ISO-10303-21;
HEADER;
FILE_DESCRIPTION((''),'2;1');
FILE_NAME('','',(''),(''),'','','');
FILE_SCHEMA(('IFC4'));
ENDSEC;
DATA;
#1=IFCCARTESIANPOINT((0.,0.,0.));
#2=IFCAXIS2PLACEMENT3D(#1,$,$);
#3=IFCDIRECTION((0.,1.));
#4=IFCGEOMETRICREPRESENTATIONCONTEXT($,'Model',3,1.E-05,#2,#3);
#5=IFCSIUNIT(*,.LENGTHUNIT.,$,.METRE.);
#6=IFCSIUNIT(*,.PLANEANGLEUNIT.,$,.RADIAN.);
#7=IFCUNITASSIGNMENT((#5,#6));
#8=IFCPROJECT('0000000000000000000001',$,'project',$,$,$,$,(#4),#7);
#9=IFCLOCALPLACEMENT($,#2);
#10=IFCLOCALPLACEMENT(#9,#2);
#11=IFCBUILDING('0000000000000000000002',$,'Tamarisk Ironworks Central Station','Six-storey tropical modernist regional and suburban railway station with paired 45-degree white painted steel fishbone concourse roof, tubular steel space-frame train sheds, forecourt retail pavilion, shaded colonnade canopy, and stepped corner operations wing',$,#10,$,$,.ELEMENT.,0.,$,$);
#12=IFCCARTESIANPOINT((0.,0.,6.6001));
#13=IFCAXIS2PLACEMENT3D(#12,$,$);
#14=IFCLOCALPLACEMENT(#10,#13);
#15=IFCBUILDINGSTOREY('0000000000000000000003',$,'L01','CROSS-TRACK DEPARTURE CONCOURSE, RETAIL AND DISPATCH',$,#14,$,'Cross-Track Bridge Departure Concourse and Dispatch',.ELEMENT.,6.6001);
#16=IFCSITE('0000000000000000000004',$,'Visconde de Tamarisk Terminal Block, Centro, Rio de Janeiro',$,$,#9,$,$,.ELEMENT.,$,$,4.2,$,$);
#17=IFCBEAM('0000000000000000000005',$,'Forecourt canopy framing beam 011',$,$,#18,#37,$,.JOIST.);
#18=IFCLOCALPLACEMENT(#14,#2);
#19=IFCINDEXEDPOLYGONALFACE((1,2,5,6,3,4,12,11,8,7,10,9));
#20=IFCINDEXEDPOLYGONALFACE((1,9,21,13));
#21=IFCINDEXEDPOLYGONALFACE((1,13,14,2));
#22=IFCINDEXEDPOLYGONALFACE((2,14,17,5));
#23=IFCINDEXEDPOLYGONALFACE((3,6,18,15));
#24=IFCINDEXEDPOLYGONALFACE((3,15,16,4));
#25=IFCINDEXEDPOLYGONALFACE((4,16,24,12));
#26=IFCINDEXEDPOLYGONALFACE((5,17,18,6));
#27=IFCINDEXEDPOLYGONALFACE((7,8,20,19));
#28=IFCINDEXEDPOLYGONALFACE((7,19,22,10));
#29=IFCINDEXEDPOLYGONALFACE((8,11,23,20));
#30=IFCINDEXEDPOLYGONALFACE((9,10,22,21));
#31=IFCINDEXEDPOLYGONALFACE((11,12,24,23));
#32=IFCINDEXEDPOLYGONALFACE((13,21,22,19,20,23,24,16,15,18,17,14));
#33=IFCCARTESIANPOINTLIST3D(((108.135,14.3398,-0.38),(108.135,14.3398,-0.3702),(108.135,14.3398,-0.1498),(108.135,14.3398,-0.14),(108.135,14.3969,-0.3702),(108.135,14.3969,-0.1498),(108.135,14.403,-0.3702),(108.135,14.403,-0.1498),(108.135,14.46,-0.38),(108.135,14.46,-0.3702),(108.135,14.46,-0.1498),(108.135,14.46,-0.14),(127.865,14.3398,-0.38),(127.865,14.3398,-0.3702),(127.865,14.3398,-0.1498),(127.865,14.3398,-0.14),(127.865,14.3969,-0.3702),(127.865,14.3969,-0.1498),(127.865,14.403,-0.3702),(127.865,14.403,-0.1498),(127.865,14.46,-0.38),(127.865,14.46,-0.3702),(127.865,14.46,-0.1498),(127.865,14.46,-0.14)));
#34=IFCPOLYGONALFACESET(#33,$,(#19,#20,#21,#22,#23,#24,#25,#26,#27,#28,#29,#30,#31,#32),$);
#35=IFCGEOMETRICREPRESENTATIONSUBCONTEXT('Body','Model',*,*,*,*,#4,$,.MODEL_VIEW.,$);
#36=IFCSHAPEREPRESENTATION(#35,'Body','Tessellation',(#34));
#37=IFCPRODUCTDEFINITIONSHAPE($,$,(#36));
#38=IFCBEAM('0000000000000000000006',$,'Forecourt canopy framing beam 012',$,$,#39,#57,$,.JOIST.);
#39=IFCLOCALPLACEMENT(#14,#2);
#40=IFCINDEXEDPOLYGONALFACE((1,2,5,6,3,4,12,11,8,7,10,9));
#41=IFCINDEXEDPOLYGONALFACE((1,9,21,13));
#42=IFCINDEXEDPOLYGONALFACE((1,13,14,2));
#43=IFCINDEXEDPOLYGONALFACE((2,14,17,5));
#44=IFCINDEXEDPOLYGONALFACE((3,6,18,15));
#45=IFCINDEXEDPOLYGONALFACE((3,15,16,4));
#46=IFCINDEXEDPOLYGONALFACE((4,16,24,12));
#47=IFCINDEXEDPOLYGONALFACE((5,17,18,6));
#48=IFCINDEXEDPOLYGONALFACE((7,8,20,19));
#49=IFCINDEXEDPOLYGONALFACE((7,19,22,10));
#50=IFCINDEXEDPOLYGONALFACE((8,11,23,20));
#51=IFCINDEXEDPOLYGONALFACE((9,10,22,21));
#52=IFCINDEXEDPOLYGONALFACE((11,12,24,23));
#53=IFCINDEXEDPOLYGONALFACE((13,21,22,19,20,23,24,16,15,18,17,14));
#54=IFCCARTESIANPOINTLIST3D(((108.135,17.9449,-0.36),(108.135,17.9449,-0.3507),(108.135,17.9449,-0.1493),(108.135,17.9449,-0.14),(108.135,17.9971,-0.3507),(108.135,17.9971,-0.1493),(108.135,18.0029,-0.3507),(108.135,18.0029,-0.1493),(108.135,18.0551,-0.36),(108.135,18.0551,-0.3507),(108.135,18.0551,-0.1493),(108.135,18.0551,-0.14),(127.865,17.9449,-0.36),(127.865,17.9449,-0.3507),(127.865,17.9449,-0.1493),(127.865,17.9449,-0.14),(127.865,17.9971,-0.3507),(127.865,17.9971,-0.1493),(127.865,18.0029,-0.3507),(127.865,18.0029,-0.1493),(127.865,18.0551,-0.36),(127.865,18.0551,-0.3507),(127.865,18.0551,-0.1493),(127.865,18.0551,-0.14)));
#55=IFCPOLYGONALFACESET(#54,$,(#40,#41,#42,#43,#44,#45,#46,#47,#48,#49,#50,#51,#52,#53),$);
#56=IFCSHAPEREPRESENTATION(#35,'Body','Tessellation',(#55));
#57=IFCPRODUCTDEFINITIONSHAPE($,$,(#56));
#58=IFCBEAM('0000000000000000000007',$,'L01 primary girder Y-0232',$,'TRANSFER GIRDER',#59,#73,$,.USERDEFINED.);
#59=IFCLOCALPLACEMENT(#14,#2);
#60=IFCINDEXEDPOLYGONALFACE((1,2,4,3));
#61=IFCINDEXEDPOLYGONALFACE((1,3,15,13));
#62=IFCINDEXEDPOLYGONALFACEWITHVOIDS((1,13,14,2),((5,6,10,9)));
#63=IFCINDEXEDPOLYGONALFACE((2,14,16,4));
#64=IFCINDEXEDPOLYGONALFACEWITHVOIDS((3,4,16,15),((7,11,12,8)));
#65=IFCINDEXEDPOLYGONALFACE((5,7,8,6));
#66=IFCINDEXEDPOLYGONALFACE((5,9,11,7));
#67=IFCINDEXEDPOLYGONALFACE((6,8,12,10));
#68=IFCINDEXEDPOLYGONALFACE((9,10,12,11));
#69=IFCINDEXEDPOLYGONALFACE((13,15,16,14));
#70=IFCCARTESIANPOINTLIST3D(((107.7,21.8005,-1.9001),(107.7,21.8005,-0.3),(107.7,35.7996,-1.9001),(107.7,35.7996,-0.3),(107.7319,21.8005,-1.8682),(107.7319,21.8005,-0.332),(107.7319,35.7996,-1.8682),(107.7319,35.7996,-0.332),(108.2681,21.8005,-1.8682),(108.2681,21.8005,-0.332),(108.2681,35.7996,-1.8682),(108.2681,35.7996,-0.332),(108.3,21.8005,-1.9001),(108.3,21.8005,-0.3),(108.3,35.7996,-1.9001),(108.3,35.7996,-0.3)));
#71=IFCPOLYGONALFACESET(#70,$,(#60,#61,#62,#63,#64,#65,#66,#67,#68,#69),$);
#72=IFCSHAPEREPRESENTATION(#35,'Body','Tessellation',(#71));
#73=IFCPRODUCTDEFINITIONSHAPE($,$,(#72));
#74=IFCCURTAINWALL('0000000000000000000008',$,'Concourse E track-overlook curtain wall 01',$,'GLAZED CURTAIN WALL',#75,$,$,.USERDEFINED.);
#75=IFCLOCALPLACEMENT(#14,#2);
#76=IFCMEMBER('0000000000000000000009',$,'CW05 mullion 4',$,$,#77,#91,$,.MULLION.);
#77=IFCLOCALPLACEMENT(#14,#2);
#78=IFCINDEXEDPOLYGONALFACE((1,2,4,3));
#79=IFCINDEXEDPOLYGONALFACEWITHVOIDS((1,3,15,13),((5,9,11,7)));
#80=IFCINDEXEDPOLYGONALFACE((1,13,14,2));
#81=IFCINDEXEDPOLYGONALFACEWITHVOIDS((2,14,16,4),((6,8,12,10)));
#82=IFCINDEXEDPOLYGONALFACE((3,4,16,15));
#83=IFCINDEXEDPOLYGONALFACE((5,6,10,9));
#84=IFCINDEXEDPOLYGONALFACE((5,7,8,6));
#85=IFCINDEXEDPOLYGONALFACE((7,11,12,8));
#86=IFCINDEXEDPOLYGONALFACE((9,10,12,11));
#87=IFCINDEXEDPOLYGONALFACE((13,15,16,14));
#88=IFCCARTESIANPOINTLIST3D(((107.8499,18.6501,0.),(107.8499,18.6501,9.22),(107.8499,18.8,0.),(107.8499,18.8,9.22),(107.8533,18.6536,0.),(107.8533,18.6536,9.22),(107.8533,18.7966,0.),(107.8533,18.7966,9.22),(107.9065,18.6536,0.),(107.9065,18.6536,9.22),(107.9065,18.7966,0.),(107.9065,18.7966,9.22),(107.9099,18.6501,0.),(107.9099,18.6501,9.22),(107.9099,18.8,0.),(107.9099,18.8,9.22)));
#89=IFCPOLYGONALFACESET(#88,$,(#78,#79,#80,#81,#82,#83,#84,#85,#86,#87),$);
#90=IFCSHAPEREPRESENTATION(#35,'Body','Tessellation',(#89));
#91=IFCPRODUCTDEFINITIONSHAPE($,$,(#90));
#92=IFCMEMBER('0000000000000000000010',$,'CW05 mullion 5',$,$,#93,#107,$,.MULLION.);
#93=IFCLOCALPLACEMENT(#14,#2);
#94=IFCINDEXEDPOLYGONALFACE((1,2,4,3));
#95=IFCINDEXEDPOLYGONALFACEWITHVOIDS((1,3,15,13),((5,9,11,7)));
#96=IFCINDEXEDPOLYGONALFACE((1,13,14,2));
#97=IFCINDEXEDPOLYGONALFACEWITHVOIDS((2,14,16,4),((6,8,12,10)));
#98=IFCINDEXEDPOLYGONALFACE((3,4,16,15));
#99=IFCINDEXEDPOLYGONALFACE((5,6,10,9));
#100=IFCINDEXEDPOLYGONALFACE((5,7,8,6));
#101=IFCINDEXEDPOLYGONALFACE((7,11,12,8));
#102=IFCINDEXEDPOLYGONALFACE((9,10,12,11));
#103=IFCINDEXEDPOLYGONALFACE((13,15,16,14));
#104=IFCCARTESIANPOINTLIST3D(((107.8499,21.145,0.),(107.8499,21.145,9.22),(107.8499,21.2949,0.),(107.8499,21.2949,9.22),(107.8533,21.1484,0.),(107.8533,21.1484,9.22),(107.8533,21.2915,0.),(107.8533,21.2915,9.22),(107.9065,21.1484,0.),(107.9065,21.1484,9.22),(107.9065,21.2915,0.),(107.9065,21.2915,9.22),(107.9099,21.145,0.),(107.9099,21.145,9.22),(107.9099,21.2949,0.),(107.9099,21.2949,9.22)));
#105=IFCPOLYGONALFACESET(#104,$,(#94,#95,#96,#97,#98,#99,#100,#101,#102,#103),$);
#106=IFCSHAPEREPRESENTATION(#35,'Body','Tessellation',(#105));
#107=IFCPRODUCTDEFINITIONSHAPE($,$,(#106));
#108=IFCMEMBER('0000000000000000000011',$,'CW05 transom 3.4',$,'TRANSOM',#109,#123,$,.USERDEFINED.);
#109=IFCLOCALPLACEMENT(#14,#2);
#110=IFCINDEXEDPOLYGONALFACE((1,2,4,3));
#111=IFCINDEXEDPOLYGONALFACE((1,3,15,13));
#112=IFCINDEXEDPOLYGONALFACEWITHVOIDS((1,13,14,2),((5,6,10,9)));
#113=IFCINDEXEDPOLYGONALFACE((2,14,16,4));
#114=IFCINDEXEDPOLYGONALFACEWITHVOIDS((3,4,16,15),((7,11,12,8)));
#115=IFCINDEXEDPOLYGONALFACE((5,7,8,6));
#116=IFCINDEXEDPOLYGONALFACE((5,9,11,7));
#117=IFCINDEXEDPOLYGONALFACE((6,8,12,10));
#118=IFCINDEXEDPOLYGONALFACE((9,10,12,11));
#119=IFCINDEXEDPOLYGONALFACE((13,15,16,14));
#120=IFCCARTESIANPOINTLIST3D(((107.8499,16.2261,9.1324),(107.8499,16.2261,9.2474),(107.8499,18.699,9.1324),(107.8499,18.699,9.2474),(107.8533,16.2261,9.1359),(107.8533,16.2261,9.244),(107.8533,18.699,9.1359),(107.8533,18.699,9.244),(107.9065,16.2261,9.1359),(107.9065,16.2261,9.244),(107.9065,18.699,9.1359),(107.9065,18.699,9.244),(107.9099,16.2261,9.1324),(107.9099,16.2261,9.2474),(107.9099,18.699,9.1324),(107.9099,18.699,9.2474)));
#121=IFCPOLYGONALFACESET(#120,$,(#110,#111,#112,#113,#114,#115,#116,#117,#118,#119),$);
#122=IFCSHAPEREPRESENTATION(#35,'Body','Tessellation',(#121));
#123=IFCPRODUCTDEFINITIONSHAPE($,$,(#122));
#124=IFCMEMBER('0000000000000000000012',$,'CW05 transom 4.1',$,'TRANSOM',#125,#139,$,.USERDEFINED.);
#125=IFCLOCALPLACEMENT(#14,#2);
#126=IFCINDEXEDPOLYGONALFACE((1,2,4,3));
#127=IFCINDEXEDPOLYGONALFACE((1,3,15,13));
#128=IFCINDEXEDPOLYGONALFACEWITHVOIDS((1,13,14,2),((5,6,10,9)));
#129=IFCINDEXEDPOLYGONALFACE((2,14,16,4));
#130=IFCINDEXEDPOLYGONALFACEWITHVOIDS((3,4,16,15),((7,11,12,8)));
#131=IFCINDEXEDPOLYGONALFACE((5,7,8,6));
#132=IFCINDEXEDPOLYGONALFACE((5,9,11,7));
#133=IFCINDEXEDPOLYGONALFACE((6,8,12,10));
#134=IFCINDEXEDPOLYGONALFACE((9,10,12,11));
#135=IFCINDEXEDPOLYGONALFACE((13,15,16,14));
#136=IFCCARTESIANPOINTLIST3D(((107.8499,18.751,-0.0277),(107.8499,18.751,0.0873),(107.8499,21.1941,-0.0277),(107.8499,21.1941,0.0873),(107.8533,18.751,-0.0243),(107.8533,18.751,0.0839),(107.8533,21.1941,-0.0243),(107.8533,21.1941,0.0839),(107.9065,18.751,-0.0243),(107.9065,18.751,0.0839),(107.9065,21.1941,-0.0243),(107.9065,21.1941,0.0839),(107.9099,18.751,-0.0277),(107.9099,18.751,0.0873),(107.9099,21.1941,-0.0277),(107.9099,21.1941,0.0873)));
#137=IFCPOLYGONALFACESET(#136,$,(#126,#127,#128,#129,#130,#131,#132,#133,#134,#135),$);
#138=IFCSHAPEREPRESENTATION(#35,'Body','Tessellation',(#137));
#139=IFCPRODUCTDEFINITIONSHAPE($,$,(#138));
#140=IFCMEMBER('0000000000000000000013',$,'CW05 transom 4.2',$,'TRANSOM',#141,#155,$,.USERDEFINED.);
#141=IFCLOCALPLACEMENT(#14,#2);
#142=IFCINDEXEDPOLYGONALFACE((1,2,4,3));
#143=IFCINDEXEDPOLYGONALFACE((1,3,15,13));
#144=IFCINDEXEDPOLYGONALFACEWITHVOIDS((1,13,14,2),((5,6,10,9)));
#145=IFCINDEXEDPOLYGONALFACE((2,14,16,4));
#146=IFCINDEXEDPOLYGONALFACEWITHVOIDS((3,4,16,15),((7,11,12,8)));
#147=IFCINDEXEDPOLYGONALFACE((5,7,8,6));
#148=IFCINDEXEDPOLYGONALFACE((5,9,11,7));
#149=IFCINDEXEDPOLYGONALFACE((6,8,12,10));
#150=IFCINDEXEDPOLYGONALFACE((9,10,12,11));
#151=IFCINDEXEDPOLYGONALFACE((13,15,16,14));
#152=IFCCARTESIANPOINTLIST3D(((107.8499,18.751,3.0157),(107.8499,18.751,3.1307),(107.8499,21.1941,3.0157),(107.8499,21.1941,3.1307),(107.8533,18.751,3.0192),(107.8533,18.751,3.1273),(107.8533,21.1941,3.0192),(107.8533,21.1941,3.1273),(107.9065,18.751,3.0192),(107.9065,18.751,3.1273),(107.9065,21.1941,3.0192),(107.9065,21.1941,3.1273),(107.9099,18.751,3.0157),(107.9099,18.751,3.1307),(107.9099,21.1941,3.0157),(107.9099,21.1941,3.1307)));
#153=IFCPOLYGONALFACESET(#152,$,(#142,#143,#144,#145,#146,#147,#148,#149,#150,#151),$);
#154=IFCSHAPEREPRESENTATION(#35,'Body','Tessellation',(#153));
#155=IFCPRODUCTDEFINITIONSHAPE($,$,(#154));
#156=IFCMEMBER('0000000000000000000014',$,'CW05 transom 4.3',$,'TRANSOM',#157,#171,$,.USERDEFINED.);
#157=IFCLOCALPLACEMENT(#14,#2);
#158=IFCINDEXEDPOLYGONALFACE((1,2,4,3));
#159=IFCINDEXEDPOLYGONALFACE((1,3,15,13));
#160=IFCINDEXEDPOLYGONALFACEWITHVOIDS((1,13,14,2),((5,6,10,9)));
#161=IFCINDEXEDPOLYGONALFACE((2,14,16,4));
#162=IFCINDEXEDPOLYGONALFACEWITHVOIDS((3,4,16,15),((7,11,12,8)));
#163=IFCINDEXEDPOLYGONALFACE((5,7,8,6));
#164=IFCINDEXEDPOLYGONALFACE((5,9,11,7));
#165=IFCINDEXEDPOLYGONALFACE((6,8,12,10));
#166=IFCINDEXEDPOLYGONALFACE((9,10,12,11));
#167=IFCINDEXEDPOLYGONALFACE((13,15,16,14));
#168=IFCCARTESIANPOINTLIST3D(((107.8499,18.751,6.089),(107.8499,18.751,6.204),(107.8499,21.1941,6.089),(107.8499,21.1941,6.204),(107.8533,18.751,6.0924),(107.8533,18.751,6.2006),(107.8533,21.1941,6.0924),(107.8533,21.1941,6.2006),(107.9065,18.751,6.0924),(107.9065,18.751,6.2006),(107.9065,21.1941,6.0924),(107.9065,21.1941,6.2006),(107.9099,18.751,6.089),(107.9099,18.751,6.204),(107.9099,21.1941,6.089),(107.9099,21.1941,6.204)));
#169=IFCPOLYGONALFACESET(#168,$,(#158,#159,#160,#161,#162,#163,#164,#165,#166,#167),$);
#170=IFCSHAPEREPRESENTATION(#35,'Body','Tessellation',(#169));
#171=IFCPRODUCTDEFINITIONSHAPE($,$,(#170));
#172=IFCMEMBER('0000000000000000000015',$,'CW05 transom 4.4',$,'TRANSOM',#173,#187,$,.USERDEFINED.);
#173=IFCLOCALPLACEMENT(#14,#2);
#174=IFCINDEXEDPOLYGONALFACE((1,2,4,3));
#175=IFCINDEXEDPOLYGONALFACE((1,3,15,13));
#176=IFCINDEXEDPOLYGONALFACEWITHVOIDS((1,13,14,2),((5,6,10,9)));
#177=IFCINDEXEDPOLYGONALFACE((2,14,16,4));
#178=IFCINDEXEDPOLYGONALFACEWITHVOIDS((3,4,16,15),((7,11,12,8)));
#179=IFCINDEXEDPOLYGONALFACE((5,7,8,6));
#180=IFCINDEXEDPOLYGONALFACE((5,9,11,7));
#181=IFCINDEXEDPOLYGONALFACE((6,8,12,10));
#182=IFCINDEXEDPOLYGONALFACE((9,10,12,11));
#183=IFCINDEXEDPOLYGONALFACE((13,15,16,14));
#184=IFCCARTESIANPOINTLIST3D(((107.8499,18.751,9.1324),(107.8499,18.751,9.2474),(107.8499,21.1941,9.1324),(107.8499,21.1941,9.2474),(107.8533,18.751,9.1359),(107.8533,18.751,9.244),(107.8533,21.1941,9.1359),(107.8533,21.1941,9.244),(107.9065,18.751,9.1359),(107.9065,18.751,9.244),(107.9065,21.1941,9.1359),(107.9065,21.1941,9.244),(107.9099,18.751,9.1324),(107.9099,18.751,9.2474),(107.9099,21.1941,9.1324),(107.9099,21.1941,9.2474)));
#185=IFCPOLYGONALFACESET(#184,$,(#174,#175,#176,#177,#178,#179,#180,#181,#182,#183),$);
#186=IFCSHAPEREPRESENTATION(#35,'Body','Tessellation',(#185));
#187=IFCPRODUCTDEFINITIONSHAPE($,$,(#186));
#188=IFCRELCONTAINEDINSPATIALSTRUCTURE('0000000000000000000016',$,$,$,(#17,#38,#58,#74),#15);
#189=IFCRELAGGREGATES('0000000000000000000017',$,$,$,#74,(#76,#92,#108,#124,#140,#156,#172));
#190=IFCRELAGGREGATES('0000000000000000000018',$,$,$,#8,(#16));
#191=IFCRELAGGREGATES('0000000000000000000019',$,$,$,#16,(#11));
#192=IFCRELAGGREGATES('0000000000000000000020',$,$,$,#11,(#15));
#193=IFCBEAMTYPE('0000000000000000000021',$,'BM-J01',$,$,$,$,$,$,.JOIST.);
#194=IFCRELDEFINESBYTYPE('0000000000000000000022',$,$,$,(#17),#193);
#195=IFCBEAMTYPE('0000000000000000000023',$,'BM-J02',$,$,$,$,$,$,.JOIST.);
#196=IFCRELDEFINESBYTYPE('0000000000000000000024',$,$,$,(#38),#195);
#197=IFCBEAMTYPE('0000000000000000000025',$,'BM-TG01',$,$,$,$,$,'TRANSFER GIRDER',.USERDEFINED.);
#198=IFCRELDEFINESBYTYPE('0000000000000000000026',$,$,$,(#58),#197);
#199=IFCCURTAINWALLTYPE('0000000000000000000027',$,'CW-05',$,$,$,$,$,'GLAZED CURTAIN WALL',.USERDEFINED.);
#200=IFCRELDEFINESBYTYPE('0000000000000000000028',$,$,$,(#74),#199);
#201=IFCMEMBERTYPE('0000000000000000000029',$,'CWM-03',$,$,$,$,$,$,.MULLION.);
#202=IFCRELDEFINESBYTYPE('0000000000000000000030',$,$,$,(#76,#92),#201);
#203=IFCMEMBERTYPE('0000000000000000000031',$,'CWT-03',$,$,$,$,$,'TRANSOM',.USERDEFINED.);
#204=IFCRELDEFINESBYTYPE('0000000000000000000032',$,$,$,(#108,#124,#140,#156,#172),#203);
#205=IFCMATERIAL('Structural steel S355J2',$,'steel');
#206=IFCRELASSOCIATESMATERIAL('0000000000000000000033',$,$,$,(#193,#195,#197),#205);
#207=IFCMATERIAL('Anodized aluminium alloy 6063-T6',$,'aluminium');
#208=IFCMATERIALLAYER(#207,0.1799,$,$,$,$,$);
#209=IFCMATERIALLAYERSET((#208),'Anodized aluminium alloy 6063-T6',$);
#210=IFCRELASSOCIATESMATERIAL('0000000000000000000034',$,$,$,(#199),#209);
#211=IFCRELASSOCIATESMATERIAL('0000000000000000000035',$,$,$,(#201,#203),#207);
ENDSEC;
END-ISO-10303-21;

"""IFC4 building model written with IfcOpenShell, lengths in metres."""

from ifc_helpers import new_model, si_unit, direction, frame, origin, origin_2d, place, context, subcontext, project, spatial, hollow_rectangle, i_section, extrude, material, layer, layer_set, material_profile, profile_set, type_object, element, aggregate, save


model = new_model("IFC4")

# Units and contexts
model_context = context("Model", 3, precision=1e-05, world=origin(), true_north=direction((0.0, 1.0)))
body_context = subcontext(model_context, "Body", "Model", "MODEL_VIEW")
ifc_project = project(units=[si_unit("LENGTHUNIT", "METRE"), si_unit("PLANEANGLEUNIT", "RADIAN")], contexts=[model_context])

# Site, building, storey
site_placement = place(None, origin())
site = spatial("IfcSite", under=ifc_project, at=site_placement, Name="Visconde de Tamarisk Terminal Block, Centro, Rio de Janeiro", CompositionType="ELEMENT", RefElevation=4.2)
building_placement = place(site_placement, origin())
building = spatial("IfcBuilding", under=site, at=building_placement, Name="Tamarisk Ironworks Central Station", Description="Six-storey tropical modernist regional and suburban railway station with paired 45-degree white painted steel fishbone concourse roof, tubular steel space-frame train sheds, forecourt retail pavilion, shaded colonnade canopy, and stepped corner operations wing", CompositionType="ELEMENT", ElevationOfRefHeight=0.0)
storey_placement = place(building_placement, frame((0.0, 0.0, 6.6001)))
storey = spatial("IfcBuildingStorey", under=building, at=storey_placement, Name="L01", Description="CROSS-TRACK DEPARTURE CONCOURSE, RETAIL AND DISPATCH", LongName="Cross-Track Bridge Departure Concourse and Dispatch", CompositionType="ELEMENT", Elevation=6.6001)

# Shared definitions
ifc_material_1 = material(Name="Structural steel S355J2", Category="steel")

# Beams
ifc_material_profile_1 = material_profile(ifc_material_1, i_section(OverallWidth=0.1201, OverallDepth=0.24, WebThickness=0.0061, FlangeThickness=0.0098, at=origin_2d()), Name="IPE 240")
ifc_profile_set_1 = profile_set([ifc_material_profile_1], Name="Structural steel S355J2")
beam_type_1 = type_object("IfcBeamType", Name="BM-J01", PredefinedType="JOIST", material=ifc_profile_set_1)
beam_1_placement = place(storey_placement, frame((108.135, 14.3999, -0.26), z_axis=(1.0, 0.0, 0.0), x_axis=(0.0, 1.0, 0.0)))
element("IfcBeam", 1, at=beam_1_placement, inside=storey, type_object=beam_type_1, Name="Forecourt canopy framing beam 011", PredefinedType="JOIST", context=body_context, shape_type="SweptSolid", body=[
    extrude(i_section(OverallWidth=0.1201, OverallDepth=0.24, WebThickness=0.0061, FlangeThickness=0.0098, at=origin_2d()), origin(), (0.0, 0.0, 1.0), 19.73),
])
ifc_material_profile_2 = material_profile(ifc_material_1, i_section(OverallWidth=0.1101, OverallDepth=0.22, WebThickness=0.0059, FlangeThickness=0.0093, at=origin_2d()), Name="IPE 220")
ifc_profile_set_2 = profile_set([ifc_material_profile_2], Name="Structural steel S355J2")
beam_type_2 = type_object("IfcBeamType", Name="BM-J02", PredefinedType="JOIST", material=ifc_profile_set_2)
beam_2_placement = place(storey_placement, frame((108.135, 18.0, -0.25), z_axis=(1.0, 0.0, 0.0), x_axis=(0.0, 1.0, 0.0)))
element("IfcBeam", 2, at=beam_2_placement, inside=storey, type_object=beam_type_2, Name="Forecourt canopy framing beam 012", PredefinedType="JOIST", context=body_context, shape_type="SweptSolid", body=[
    extrude(i_section(OverallWidth=0.1101, OverallDepth=0.22, WebThickness=0.0059, FlangeThickness=0.0093, at=origin_2d()), origin(), (0.0, 0.0, 1.0), 19.73),
])
ifc_material_profile_3 = material_profile(ifc_material_1, hollow_rectangle(XDim=0.6001, YDim=1.6001, WallThickness=0.032, at=origin_2d()), Name="BOX 600x1600x32")
ifc_profile_set_3 = profile_set([ifc_material_profile_3], Name="Structural steel S355J2")
beam_type_3 = type_object("IfcBeamType", Name="BM-TG01", ElementType="TRANSFER GIRDER", PredefinedType="USERDEFINED", material=ifc_profile_set_3)
beam_3_placement = place(storey_placement, frame((108.0, 21.8005, -1.1001), z_axis=(0.0, 1.0, 0.0), x_axis=(-1.0, 0.0, 0.0)))
element("IfcBeam", 3, at=beam_3_placement, inside=storey, type_object=beam_type_3, Name="L01 primary girder Y-0232", ObjectType="TRANSFER GIRDER", PredefinedType="USERDEFINED", context=body_context, shape_type="SweptSolid", body=[
    extrude(hollow_rectangle(XDim=0.6001, YDim=1.6001, WallThickness=0.032, at=origin_2d()), origin(), (0.0, 0.0, 1.0), 13.999),
])

# Curtain wall, members
ifc_material_2 = material(Name="Anodized aluminium alloy 6063-T6", Category="aluminium")
ifc_layer_1 = layer(ifc_material_2, 0.1799)
ifc_layer_set_1 = layer_set([ifc_layer_1], Name="Anodized aluminium alloy 6063-T6")
curtain_wall_type = type_object("IfcCurtainWallType", Name="CW-05", ElementType="GLAZED CURTAIN WALL", PredefinedType="USERDEFINED", material=ifc_layer_set_1)
curtain_wall_placement = place(storey_placement, origin())
curtain_wall = element("IfcCurtainWall", 4, at=curtain_wall_placement, inside=storey, type_object=curtain_wall_type, Name="Concourse E track-overlook curtain wall 01", ObjectType="GLAZED CURTAIN WALL", PredefinedType="USERDEFINED")
ifc_material_profile_4 = material_profile(ifc_material_2, hollow_rectangle(XDim=0.0601, YDim=0.1499, WallThickness=0.0034, at=origin_2d()), Name="ALUM 150x60")
ifc_profile_set_4 = profile_set([ifc_material_profile_4], Name="Anodized aluminium alloy 6063-T6")
member_type_1 = type_object("IfcMemberType", Name="CWM-03", PredefinedType="MULLION", material=ifc_profile_set_4)
member_1_placement = place(storey_placement, frame((107.8799, 18.7251, 0.0), z_axis=(0.0, 0.0, 1.0), x_axis=(-1.0, 0.0, 0.0)))
member_1 = element("IfcMember", 5, at=member_1_placement, type_object=member_type_1, Name="CW05 mullion 4", PredefinedType="MULLION", context=body_context, shape_type="SweptSolid", body=[
    extrude(hollow_rectangle(XDim=0.0601, YDim=0.1499, WallThickness=0.0034, at=origin_2d()), origin(), (0.0, 0.0, 1.0), 9.22),
])
member_2_placement = place(storey_placement, frame((107.8799, 21.22, 0.0), z_axis=(0.0, 0.0, 1.0), x_axis=(-1.0, 0.0, 0.0)))
member_2 = element("IfcMember", 6, at=member_2_placement, type_object=member_type_1, Name="CW05 mullion 5", PredefinedType="MULLION", context=body_context, shape_type="SweptSolid", body=[
    extrude(hollow_rectangle(XDim=0.0601, YDim=0.1499, WallThickness=0.0034, at=origin_2d()), origin(), (0.0, 0.0, 1.0), 9.22),
])
ifc_material_profile_5 = material_profile(ifc_material_2, hollow_rectangle(XDim=0.0601, YDim=0.115, WallThickness=0.0034, at=origin_2d()), Name="ALUM 115x60")
ifc_profile_set_5 = profile_set([ifc_material_profile_5], Name="Anodized aluminium alloy 6063-T6")
member_type_2 = type_object("IfcMemberType", Name="CWT-03", ElementType="TRANSOM", PredefinedType="USERDEFINED", material=ifc_profile_set_5)
member_3_placement = place(storey_placement, frame((107.8799, 16.2261, 9.1899), z_axis=(0.0, 1.0, 0.0), x_axis=(-1.0, 0.0, 0.0)))
member_3 = element("IfcMember", 7, at=member_3_placement, type_object=member_type_2, Name="CW05 transom 3.4", ObjectType="TRANSOM", PredefinedType="USERDEFINED", context=body_context, shape_type="SweptSolid", body=[
    extrude(hollow_rectangle(XDim=0.0601, YDim=0.115, WallThickness=0.0034, at=origin_2d()), origin(), (0.0, 0.0, 1.0), 2.4729),
])
member_4_placement = place(storey_placement, frame((107.8799, 18.751, 0.0298), z_axis=(0.0, 1.0, 0.0), x_axis=(-1.0, 0.0, 0.0)))
member_4 = element("IfcMember", 8, at=member_4_placement, type_object=member_type_2, Name="CW05 transom 4.1", ObjectType="TRANSOM", PredefinedType="USERDEFINED", context=body_context, shape_type="SweptSolid", body=[
    extrude(hollow_rectangle(XDim=0.0601, YDim=0.115, WallThickness=0.0034, at=origin_2d()), origin(), (0.0, 0.0, 1.0), 2.4431),
])
member_5_placement = place(storey_placement, frame((107.8799, 18.751, 3.0732), z_axis=(0.0, 1.0, 0.0), x_axis=(-1.0, 0.0, 0.0)))
member_5 = element("IfcMember", 9, at=member_5_placement, type_object=member_type_2, Name="CW05 transom 4.2", ObjectType="TRANSOM", PredefinedType="USERDEFINED", context=body_context, shape_type="SweptSolid", body=[
    extrude(hollow_rectangle(XDim=0.0601, YDim=0.115, WallThickness=0.0034, at=origin_2d()), origin(), (0.0, 0.0, 1.0), 2.4431),
])
member_6_placement = place(storey_placement, frame((107.8799, 18.751, 6.1465), z_axis=(0.0, 1.0, 0.0), x_axis=(-1.0, 0.0, 0.0)))
member_6 = element("IfcMember", 10, at=member_6_placement, type_object=member_type_2, Name="CW05 transom 4.3", ObjectType="TRANSOM", PredefinedType="USERDEFINED", context=body_context, shape_type="SweptSolid", body=[
    extrude(hollow_rectangle(XDim=0.0601, YDim=0.115, WallThickness=0.0034, at=origin_2d()), origin(), (0.0, 0.0, 1.0), 2.4431),
])
member_7_placement = place(storey_placement, frame((107.8799, 18.751, 9.1899), z_axis=(0.0, 1.0, 0.0), x_axis=(-1.0, 0.0, 0.0)))
member_7 = element("IfcMember", 11, at=member_7_placement, type_object=member_type_2, Name="CW05 transom 4.4", ObjectType="TRANSOM", PredefinedType="USERDEFINED", context=body_context, shape_type="SweptSolid", body=[
    extrude(hollow_rectangle(XDim=0.0601, YDim=0.115, WallThickness=0.0034, at=origin_2d()), origin(), (0.0, 0.0, 1.0), 2.4431),
])
aggregate(curtain_wall, [member_1, member_2, member_3, member_4, member_5, member_6, member_7])

save(model, "model.ifc")
